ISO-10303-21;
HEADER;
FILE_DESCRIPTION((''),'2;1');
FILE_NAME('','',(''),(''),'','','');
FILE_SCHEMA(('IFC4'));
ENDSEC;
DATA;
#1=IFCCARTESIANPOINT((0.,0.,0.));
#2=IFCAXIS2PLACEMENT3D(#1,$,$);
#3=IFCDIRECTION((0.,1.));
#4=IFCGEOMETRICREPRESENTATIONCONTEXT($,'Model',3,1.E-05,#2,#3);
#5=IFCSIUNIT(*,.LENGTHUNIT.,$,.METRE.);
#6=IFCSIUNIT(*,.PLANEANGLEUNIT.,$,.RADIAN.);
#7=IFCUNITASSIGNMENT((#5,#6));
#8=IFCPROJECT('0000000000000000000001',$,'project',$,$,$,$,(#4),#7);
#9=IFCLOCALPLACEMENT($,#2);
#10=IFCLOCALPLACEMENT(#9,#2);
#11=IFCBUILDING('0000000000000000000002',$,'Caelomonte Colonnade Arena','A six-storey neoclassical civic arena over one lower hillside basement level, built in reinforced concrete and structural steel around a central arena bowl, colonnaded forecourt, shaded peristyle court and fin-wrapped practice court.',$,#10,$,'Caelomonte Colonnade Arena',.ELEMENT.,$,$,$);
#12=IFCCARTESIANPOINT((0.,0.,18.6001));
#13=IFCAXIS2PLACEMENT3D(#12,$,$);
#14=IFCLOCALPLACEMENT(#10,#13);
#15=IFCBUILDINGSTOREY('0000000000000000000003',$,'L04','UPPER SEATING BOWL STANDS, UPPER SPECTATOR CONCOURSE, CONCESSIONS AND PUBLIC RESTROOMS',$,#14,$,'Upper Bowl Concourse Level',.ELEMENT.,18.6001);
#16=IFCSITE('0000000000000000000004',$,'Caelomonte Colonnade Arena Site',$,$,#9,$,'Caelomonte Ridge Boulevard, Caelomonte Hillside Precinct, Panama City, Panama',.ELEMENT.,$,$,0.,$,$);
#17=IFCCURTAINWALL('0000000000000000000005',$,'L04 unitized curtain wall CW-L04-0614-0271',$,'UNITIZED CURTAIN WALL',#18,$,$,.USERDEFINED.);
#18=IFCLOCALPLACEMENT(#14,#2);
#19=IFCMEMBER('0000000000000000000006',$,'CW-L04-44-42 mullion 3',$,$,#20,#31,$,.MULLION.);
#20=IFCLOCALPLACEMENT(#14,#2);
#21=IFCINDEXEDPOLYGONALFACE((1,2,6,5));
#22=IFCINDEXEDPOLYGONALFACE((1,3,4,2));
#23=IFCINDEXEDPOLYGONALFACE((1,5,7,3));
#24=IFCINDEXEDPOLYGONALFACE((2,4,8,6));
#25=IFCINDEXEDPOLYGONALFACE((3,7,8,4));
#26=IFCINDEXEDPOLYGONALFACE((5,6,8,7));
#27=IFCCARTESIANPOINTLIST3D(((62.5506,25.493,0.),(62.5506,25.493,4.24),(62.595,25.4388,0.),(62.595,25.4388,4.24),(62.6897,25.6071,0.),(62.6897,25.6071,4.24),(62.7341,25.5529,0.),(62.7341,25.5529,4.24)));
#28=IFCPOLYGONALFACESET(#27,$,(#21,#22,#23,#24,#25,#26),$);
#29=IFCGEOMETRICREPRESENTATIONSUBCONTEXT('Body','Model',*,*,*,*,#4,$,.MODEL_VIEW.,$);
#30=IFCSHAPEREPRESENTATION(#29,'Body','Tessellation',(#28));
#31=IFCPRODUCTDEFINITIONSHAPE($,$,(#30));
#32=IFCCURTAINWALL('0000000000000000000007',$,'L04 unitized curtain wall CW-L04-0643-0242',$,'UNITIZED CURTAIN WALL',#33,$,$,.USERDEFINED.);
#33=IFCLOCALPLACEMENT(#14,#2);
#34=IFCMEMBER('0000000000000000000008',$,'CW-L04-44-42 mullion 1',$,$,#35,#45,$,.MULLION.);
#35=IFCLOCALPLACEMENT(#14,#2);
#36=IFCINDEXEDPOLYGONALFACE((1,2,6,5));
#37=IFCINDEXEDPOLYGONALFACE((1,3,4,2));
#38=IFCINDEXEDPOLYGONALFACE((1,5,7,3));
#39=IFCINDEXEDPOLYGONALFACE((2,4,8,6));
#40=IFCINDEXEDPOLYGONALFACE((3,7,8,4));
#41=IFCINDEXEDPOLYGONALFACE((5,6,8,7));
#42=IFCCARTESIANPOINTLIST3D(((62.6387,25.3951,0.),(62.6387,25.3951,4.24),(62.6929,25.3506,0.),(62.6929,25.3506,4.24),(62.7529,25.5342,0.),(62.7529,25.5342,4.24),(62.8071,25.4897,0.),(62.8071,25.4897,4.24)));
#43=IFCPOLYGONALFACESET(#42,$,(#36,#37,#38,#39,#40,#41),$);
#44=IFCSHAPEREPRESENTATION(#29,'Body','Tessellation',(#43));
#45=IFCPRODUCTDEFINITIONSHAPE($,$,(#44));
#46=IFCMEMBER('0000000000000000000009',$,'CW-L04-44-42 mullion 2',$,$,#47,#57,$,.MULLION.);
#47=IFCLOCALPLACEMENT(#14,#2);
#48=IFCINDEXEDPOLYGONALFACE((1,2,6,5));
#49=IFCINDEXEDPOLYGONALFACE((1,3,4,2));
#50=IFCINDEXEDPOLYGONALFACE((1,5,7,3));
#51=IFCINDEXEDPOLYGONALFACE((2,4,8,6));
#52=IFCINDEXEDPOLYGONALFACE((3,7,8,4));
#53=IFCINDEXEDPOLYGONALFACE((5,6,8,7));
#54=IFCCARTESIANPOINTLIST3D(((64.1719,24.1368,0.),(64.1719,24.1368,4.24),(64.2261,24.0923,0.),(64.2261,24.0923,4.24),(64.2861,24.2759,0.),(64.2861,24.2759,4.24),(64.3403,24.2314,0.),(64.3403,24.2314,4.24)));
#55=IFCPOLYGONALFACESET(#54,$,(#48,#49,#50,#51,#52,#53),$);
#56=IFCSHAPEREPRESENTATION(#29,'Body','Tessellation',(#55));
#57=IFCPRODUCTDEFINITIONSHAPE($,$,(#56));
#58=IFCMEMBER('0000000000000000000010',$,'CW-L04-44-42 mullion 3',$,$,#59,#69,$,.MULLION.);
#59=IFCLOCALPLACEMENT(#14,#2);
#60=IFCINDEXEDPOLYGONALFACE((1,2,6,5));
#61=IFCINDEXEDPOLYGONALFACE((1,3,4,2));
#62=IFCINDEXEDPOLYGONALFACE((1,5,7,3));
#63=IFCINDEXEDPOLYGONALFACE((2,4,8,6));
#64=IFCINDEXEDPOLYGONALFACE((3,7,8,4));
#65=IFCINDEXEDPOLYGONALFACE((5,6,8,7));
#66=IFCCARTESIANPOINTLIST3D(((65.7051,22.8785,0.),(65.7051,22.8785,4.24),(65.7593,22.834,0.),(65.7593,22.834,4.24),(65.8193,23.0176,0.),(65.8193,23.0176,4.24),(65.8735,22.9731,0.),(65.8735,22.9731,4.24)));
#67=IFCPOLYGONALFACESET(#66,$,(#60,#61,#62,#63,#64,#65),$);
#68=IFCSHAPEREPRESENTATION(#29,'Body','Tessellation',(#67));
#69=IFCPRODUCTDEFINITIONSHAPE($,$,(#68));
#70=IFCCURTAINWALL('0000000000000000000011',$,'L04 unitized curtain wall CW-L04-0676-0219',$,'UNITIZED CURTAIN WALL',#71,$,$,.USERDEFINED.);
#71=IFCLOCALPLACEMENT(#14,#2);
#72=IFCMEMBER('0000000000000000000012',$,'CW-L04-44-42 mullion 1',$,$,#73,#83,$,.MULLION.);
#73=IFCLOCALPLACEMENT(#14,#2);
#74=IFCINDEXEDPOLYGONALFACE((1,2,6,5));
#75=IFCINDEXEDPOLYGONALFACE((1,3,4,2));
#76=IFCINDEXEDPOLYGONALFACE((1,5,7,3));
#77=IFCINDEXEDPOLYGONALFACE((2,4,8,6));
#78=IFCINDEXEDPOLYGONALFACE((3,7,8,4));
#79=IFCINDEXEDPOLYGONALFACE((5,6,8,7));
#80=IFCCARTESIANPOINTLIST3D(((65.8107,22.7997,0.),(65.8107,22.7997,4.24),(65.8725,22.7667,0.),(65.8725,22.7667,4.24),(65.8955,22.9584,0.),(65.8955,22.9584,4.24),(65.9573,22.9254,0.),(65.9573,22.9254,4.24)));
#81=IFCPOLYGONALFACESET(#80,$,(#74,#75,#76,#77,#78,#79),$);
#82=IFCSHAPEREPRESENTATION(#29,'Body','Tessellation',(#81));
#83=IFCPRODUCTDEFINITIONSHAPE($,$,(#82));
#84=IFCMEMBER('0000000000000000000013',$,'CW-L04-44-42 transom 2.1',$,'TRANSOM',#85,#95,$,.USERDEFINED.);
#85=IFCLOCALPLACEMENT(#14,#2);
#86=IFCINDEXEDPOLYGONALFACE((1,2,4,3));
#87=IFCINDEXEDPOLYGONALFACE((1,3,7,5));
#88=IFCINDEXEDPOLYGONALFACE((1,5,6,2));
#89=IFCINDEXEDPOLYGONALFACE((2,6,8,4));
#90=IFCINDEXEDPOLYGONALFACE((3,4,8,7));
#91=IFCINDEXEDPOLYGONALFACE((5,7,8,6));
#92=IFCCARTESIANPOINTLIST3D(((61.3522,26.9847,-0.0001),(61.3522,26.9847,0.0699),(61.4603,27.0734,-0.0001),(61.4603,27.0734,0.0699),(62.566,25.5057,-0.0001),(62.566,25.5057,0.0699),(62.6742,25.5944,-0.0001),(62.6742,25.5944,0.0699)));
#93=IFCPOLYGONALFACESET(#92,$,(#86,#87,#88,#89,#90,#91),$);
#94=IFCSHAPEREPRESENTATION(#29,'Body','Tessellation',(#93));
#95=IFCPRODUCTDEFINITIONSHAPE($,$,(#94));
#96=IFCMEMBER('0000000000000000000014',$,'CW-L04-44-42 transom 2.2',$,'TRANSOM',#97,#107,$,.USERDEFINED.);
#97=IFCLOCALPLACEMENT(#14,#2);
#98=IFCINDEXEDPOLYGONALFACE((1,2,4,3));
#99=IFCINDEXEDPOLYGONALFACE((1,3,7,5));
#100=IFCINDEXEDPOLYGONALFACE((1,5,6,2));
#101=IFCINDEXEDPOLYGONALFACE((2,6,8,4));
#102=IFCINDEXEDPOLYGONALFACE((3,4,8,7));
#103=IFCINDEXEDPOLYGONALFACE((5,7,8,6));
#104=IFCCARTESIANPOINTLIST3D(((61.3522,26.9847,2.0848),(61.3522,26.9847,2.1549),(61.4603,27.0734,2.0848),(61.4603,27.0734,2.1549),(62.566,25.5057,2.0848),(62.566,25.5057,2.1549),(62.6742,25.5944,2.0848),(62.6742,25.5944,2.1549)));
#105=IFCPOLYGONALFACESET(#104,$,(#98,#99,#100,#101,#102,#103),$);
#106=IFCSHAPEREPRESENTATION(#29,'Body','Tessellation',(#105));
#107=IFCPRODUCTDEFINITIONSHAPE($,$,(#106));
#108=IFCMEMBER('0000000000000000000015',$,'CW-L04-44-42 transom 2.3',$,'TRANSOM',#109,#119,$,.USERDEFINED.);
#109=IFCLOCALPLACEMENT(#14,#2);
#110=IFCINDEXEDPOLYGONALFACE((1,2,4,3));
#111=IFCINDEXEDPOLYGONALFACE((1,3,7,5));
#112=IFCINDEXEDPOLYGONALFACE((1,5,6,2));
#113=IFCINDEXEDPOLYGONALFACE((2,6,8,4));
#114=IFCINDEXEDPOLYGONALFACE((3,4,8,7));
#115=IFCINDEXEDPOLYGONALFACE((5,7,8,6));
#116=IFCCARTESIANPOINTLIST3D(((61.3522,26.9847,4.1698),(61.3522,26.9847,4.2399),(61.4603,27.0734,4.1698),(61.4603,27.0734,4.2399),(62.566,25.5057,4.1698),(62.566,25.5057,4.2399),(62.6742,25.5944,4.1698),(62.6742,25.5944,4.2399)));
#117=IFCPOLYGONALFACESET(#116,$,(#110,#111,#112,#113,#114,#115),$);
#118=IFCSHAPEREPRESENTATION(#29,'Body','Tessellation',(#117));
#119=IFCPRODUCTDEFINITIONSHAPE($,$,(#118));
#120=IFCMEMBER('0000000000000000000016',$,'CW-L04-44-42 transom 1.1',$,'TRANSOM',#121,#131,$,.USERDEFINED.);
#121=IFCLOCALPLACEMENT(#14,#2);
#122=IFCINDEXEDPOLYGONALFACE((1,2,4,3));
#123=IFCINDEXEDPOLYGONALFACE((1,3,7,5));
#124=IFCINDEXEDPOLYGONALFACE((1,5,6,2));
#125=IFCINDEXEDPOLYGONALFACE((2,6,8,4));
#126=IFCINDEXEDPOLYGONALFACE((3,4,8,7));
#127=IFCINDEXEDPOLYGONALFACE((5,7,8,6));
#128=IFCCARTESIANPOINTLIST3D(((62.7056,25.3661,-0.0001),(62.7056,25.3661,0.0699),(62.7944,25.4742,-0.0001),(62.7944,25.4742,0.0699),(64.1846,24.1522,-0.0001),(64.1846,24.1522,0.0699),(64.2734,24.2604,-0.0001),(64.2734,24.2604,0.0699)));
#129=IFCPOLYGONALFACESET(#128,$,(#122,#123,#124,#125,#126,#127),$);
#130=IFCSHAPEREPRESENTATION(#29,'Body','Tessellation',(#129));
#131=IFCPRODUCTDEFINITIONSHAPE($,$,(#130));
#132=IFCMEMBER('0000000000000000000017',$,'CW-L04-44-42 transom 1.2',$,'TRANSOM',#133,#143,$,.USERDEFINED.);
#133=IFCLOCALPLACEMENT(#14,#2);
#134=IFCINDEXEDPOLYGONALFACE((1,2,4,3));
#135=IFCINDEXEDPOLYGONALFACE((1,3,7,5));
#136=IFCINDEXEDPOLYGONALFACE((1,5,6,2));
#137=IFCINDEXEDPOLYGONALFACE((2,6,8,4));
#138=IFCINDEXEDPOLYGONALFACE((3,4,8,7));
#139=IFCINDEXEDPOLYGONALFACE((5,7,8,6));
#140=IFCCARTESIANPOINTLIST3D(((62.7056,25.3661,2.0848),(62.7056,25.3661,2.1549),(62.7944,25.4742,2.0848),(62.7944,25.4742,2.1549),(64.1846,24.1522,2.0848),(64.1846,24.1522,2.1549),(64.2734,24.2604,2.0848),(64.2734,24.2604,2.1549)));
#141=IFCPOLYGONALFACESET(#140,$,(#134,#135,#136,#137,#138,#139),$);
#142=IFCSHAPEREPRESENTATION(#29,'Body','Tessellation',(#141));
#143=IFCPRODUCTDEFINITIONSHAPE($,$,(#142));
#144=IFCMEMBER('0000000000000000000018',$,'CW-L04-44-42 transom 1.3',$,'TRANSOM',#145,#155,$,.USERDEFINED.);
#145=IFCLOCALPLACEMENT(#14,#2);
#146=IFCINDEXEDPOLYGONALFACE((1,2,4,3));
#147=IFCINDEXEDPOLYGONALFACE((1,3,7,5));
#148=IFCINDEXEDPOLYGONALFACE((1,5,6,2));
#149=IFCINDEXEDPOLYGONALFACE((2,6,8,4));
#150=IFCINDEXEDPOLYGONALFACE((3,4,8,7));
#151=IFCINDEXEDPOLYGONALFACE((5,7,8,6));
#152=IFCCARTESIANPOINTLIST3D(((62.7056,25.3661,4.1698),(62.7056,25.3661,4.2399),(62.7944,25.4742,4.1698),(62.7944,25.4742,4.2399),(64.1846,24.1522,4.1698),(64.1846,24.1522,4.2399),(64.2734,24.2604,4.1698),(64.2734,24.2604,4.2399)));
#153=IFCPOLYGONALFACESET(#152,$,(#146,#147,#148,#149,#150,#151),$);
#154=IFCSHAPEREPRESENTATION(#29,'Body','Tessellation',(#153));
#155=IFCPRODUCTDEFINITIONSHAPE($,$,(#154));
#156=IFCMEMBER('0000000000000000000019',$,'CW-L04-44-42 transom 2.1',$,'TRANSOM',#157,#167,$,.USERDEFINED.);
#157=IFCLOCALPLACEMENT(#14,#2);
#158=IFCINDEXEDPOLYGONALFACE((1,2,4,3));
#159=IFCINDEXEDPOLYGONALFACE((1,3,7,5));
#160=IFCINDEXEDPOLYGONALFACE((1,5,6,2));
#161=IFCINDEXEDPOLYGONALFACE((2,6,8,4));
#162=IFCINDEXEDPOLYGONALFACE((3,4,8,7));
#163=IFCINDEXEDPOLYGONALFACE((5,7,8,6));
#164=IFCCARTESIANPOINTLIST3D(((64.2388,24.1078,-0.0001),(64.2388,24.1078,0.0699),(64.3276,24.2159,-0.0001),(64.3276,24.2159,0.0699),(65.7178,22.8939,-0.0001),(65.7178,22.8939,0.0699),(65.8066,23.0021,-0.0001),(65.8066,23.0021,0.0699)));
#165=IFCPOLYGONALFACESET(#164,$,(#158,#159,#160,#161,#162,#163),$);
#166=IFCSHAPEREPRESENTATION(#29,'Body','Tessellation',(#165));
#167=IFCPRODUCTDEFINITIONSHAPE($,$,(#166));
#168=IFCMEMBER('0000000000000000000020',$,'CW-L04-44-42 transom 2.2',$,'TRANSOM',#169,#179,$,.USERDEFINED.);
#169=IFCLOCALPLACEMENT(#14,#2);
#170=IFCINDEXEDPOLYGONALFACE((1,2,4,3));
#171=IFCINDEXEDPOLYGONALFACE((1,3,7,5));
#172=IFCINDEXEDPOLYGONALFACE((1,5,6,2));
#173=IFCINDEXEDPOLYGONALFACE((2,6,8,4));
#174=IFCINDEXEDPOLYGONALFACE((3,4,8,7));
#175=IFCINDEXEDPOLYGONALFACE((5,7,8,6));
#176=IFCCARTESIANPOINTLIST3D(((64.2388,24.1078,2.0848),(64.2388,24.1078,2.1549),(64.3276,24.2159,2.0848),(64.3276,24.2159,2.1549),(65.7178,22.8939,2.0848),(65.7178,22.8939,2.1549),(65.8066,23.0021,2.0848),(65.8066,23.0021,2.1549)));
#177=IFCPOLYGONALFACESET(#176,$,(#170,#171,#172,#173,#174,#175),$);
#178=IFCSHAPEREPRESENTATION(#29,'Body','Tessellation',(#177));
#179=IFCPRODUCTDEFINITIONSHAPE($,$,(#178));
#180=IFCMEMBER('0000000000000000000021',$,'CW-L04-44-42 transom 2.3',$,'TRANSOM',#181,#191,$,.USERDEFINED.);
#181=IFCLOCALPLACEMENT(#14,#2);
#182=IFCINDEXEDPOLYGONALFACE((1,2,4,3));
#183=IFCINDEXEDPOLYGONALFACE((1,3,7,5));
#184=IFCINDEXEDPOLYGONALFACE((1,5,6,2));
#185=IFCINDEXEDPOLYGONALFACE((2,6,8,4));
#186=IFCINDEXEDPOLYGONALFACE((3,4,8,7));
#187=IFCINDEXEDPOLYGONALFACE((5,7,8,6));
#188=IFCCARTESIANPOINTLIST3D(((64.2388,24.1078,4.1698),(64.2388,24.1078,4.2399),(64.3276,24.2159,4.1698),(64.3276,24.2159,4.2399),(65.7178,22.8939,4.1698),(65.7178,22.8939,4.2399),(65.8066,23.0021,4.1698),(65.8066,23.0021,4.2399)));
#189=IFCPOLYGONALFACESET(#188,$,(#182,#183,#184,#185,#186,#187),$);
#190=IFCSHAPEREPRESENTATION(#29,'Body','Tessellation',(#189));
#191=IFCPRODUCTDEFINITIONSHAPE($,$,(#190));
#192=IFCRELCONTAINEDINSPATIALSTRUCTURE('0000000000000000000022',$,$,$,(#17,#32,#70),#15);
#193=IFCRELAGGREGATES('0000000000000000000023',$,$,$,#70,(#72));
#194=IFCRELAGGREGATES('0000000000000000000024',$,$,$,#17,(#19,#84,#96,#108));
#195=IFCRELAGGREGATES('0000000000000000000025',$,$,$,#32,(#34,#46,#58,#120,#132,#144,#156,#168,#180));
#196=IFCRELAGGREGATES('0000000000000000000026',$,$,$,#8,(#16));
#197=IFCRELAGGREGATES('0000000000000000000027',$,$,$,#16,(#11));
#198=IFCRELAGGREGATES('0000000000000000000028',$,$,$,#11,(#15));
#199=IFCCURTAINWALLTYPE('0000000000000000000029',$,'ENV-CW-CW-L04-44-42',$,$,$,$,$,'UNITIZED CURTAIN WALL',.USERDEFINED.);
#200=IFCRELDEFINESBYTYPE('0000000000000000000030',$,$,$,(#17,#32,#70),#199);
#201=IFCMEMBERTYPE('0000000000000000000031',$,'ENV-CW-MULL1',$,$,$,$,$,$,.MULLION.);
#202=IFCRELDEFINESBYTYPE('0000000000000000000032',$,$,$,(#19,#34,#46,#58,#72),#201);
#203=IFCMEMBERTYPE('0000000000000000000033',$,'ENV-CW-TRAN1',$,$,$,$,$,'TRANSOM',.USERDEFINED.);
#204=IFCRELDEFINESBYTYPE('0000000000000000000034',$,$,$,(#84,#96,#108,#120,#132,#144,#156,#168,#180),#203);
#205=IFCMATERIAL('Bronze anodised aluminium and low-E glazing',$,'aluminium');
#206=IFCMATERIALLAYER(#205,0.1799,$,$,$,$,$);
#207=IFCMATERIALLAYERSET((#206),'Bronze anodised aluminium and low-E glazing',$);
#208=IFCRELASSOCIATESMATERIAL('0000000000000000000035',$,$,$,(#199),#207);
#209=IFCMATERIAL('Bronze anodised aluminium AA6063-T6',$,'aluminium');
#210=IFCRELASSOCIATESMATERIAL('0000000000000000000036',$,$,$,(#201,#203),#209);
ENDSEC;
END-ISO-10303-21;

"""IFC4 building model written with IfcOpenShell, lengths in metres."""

from ifc_helpers import new_model, si_unit, direction, frame, origin, origin_2d, place, context, subcontext, project, spatial, rectangle, extrude, material, layer, layer_set, material_profile, profile_set, type_object, element, aggregate, save


model = new_model("IFC4")

# Units and contexts
model_context = context("Model", 3, precision=1e-05, world=origin(), true_north=direction((0.0, 1.0)))
body_context = subcontext(model_context, "Body", "Model", "MODEL_VIEW")
ifc_project = project(units=[si_unit("LENGTHUNIT", "METRE"), si_unit("PLANEANGLEUNIT", "RADIAN")], contexts=[model_context])

# Site, building, storey
site_placement = place(None, origin())
site = spatial("IfcSite", under=ifc_project, at=site_placement, Name="Caelomonte Colonnade Arena Site", LongName="Caelomonte Ridge Boulevard, Caelomonte Hillside Precinct, Panama City, Panama", CompositionType="ELEMENT", RefElevation=0.0)
building_placement = place(site_placement, origin())
building = spatial("IfcBuilding", under=site, at=building_placement, Name="Caelomonte Colonnade Arena", Description="A six-storey neoclassical civic arena over one lower hillside basement level, built in reinforced concrete and structural steel around a central arena bowl, colonnaded forecourt, shaded peristyle court and fin-wrapped practice court.", LongName="Caelomonte Colonnade Arena", CompositionType="ELEMENT")
storey_placement = place(building_placement, frame((0.0, 0.0, 18.6001)))
storey = spatial("IfcBuildingStorey", under=building, at=storey_placement, Name="L04", Description="UPPER SEATING BOWL STANDS, UPPER SPECTATOR CONCOURSE, CONCESSIONS AND PUBLIC RESTROOMS", LongName="Upper Bowl Concourse Level", CompositionType="ELEMENT", Elevation=18.6001)

# Curtain wall, member
ifc_material_1 = material(Name="Bronze anodised aluminium and low-E glazing", Category="aluminium")
ifc_layer_1 = layer(ifc_material_1, 0.1799)
ifc_layer_set_1 = layer_set([ifc_layer_1], Name="Bronze anodised aluminium and low-E glazing")
curtain_wall_type = type_object("IfcCurtainWallType", Name="ENV-CW-CW-L04-44-42", ElementType="UNITIZED CURTAIN WALL", PredefinedType="USERDEFINED", material=ifc_layer_set_1)
curtain_wall_1_placement = place(storey_placement, origin())
curtain_wall_1 = element("IfcCurtainWall", 1, at=curtain_wall_1_placement, inside=storey, type_object=curtain_wall_type, Name="L04 unitized curtain wall CW-L04-0614-0271", ObjectType="UNITIZED CURTAIN WALL", PredefinedType="USERDEFINED")
ifc_material_2 = material(Name="Bronze anodised aluminium AA6063-T6", Category="aluminium")
ifc_material_profile_1 = material_profile(ifc_material_2, rectangle(XDim=0.0701, YDim=0.1799, at=origin_2d()), Name="CWM-70X180")
ifc_profile_set_1 = profile_set([ifc_material_profile_1], Name="Bronze anodised aluminium AA6063-T6")
member_type_1 = type_object("IfcMemberType", Name="ENV-CW-MULL1", PredefinedType="MULLION", material=ifc_profile_set_1)
member_1_placement = place(storey_placement, frame((62.6423, 25.5229, 0.0), z_axis=(0.0, 0.0, 1.0), x_axis=(0.634416, -0.772992, 0.0)))
member_1 = element("IfcMember", 2, at=member_1_placement, type_object=member_type_1, Name="CW-L04-44-42 mullion 3", PredefinedType="MULLION", context=body_context, shape_type="SweptSolid", body=[
    extrude(rectangle(XDim=0.0701, YDim=0.1799, at=origin_2d()), origin(), (0.0, 0.0, 1.0), 4.24),
])

# Curtain wall, members
curtain_wall_2_placement = place(storey_placement, origin())
curtain_wall_2 = element("IfcCurtainWall", 3, at=curtain_wall_2_placement, inside=storey, type_object=curtain_wall_type, Name="L04 unitized curtain wall CW-L04-0643-0242", ObjectType="UNITIZED CURTAIN WALL", PredefinedType="USERDEFINED")
member_2_placement = place(storey_placement, frame((62.7229, 25.4424, 0.0), z_axis=(0.0, 0.0, 1.0), x_axis=(0.772992, -0.634416, 0.0)))
member_2 = element("IfcMember", 4, at=member_2_placement, type_object=member_type_1, Name="CW-L04-44-42 mullion 1", PredefinedType="MULLION", context=body_context, shape_type="SweptSolid", body=[
    extrude(rectangle(XDim=0.0701, YDim=0.1799, at=origin_2d()), origin(), (0.0, 0.0, 1.0), 4.24),
])
member_3_placement = place(storey_placement, frame((64.2561, 24.1841, 0.0), z_axis=(0.0, 0.0, 1.0), x_axis=(0.772992, -0.634416, 0.0)))
member_3 = element("IfcMember", 5, at=member_3_placement, type_object=member_type_1, Name="CW-L04-44-42 mullion 2", PredefinedType="MULLION", context=body_context, shape_type="SweptSolid", body=[
    extrude(rectangle(XDim=0.0701, YDim=0.1799, at=origin_2d()), origin(), (0.0, 0.0, 1.0), 4.24),
])
member_4_placement = place(storey_placement, frame((65.7893, 22.9258, 0.0), z_axis=(0.0, 0.0, 1.0), x_axis=(0.772992, -0.634416, 0.0)))
member_4 = element("IfcMember", 6, at=member_4_placement, type_object=member_type_1, Name="CW-L04-44-42 mullion 3", PredefinedType="MULLION", context=body_context, shape_type="SweptSolid", body=[
    extrude(rectangle(XDim=0.0701, YDim=0.1799, at=origin_2d()), origin(), (0.0, 0.0, 1.0), 4.24),
])

# Curtain wall, member
curtain_wall_3_placement = place(storey_placement, origin())
curtain_wall_3 = element("IfcCurtainWall", 7, at=curtain_wall_3_placement, inside=storey, type_object=curtain_wall_type, Name="L04 unitized curtain wall CW-L04-0676-0219", ObjectType="UNITIZED CURTAIN WALL", PredefinedType="USERDEFINED")
member_5_placement = place(storey_placement, frame((65.884, 22.8625, 0.0), z_axis=(0.0, 0.0, 1.0), x_axis=(0.881923, -0.471394, 0.0)))
member_5 = element("IfcMember", 8, at=member_5_placement, type_object=member_type_1, Name="CW-L04-44-42 mullion 1", PredefinedType="MULLION", context=body_context, shape_type="SweptSolid", body=[
    extrude(rectangle(XDim=0.0701, YDim=0.1799, at=origin_2d()), origin(), (0.0, 0.0, 1.0), 4.24),
])

# Members
ifc_material_profile_2 = material_profile(ifc_material_2, rectangle(XDim=0.0701, YDim=0.1399, at=origin_2d()), Name="CWT-70X140")
ifc_profile_set_2 = profile_set([ifc_material_profile_2], Name="Bronze anodised aluminium AA6063-T6")
member_type_2 = type_object("IfcMemberType", Name="ENV-CW-TRAN1", ElementType="TRANSOM", PredefinedType="USERDEFINED", material=ifc_profile_set_2)
member_6_placement = place(storey_placement, frame((61.4062, 27.0291, 0.0349), z_axis=(0.634418, -0.77299, 0.0), x_axis=(0.0, 0.0, 1.0)))
member_6 = element("IfcMember", 9, at=member_6_placement, type_object=member_type_2, Name="CW-L04-44-42 transom 2.1", ObjectType="TRANSOM", PredefinedType="USERDEFINED", context=body_context, shape_type="SweptSolid", body=[
    extrude(rectangle(XDim=0.0701, YDim=0.1399, at=origin_2d()), origin(), (0.0, 0.0, 1.0), 1.9133),
])
member_7_placement = place(storey_placement, frame((61.4062, 27.0291, 2.1199), z_axis=(0.634418, -0.77299, 0.0), x_axis=(0.0, 0.0, 1.0)))
member_7 = element("IfcMember", 10, at=member_7_placement, type_object=member_type_2, Name="CW-L04-44-42 transom 2.2", ObjectType="TRANSOM", PredefinedType="USERDEFINED", context=body_context, shape_type="SweptSolid", body=[
    extrude(rectangle(XDim=0.0701, YDim=0.1399, at=origin_2d()), origin(), (0.0, 0.0, 1.0), 1.9133),
])
member_8_placement = place(storey_placement, frame((61.4062, 27.0291, 4.2048), z_axis=(0.634418, -0.77299, 0.0), x_axis=(0.0, 0.0, 1.0)))
member_8 = element("IfcMember", 11, at=member_8_placement, type_object=member_type_2, Name="CW-L04-44-42 transom 2.3", ObjectType="TRANSOM", PredefinedType="USERDEFINED", context=body_context, shape_type="SweptSolid", body=[
    extrude(rectangle(XDim=0.0701, YDim=0.1399, at=origin_2d()), origin(), (0.0, 0.0, 1.0), 1.9133),
])
member_9_placement = place(storey_placement, frame((62.75, 25.4202, 0.0349), z_axis=(0.77299, -0.634418, 0.0), x_axis=(0.0, 0.0, 1.0)))
member_9 = element("IfcMember", 12, at=member_9_placement, type_object=member_type_2, Name="CW-L04-44-42 transom 1.1", ObjectType="TRANSOM", PredefinedType="USERDEFINED", context=body_context, shape_type="SweptSolid", body=[
    extrude(rectangle(XDim=0.0701, YDim=0.1399, at=origin_2d()), origin(), (0.0, 0.0, 1.0), 1.9133),
])
member_10_placement = place(storey_placement, frame((62.75, 25.4202, 2.1199), z_axis=(0.77299, -0.634418, 0.0), x_axis=(0.0, 0.0, 1.0)))
member_10 = element("IfcMember", 13, at=member_10_placement, type_object=member_type_2, Name="CW-L04-44-42 transom 1.2", ObjectType="TRANSOM", PredefinedType="USERDEFINED", context=body_context, shape_type="SweptSolid", body=[
    extrude(rectangle(XDim=0.0701, YDim=0.1399, at=origin_2d()), origin(), (0.0, 0.0, 1.0), 1.9133),
])
member_11_placement = place(storey_placement, frame((62.75, 25.4202, 4.2048), z_axis=(0.77299, -0.634418, 0.0), x_axis=(0.0, 0.0, 1.0)))
member_11 = element("IfcMember", 14, at=member_11_placement, type_object=member_type_2, Name="CW-L04-44-42 transom 1.3", ObjectType="TRANSOM", PredefinedType="USERDEFINED", context=body_context, shape_type="SweptSolid", body=[
    extrude(rectangle(XDim=0.0701, YDim=0.1399, at=origin_2d()), origin(), (0.0, 0.0, 1.0), 1.9133),
])
member_12_placement = place(storey_placement, frame((64.2832, 24.1619, 0.0349), z_axis=(0.77299, -0.634418, 0.0), x_axis=(0.0, 0.0, 1.0)))
member_12 = element("IfcMember", 15, at=member_12_placement, type_object=member_type_2, Name="CW-L04-44-42 transom 2.1", ObjectType="TRANSOM", PredefinedType="USERDEFINED", context=body_context, shape_type="SweptSolid", body=[
    extrude(rectangle(XDim=0.0701, YDim=0.1399, at=origin_2d()), origin(), (0.0, 0.0, 1.0), 1.9133),
])
member_13_placement = place(storey_placement, frame((64.2832, 24.1619, 2.1199), z_axis=(0.77299, -0.634418, 0.0), x_axis=(0.0, 0.0, 1.0)))
member_13 = element("IfcMember", 16, at=member_13_placement, type_object=member_type_2, Name="CW-L04-44-42 transom 2.2", ObjectType="TRANSOM", PredefinedType="USERDEFINED", context=body_context, shape_type="SweptSolid", body=[
    extrude(rectangle(XDim=0.0701, YDim=0.1399, at=origin_2d()), origin(), (0.0, 0.0, 1.0), 1.9133),
])
member_14_placement = place(storey_placement, frame((64.2832, 24.1619, 4.2048), z_axis=(0.77299, -0.634418, 0.0), x_axis=(0.0, 0.0, 1.0)))
member_14 = element("IfcMember", 17, at=member_14_placement, type_object=member_type_2, Name="CW-L04-44-42 transom 2.3", ObjectType="TRANSOM", PredefinedType="USERDEFINED", context=body_context, shape_type="SweptSolid", body=[
    extrude(rectangle(XDim=0.0701, YDim=0.1399, at=origin_2d()), origin(), (0.0, 0.0, 1.0), 1.9133),
])
aggregate(curtain_wall_3, [member_5])

aggregate(curtain_wall_1, [member_1, member_6, member_7, member_8])
aggregate(curtain_wall_2, [member_2, member_3, member_4, member_9, member_10, member_11, member_12, member_13, member_14])

save(model, "model.ifc")
